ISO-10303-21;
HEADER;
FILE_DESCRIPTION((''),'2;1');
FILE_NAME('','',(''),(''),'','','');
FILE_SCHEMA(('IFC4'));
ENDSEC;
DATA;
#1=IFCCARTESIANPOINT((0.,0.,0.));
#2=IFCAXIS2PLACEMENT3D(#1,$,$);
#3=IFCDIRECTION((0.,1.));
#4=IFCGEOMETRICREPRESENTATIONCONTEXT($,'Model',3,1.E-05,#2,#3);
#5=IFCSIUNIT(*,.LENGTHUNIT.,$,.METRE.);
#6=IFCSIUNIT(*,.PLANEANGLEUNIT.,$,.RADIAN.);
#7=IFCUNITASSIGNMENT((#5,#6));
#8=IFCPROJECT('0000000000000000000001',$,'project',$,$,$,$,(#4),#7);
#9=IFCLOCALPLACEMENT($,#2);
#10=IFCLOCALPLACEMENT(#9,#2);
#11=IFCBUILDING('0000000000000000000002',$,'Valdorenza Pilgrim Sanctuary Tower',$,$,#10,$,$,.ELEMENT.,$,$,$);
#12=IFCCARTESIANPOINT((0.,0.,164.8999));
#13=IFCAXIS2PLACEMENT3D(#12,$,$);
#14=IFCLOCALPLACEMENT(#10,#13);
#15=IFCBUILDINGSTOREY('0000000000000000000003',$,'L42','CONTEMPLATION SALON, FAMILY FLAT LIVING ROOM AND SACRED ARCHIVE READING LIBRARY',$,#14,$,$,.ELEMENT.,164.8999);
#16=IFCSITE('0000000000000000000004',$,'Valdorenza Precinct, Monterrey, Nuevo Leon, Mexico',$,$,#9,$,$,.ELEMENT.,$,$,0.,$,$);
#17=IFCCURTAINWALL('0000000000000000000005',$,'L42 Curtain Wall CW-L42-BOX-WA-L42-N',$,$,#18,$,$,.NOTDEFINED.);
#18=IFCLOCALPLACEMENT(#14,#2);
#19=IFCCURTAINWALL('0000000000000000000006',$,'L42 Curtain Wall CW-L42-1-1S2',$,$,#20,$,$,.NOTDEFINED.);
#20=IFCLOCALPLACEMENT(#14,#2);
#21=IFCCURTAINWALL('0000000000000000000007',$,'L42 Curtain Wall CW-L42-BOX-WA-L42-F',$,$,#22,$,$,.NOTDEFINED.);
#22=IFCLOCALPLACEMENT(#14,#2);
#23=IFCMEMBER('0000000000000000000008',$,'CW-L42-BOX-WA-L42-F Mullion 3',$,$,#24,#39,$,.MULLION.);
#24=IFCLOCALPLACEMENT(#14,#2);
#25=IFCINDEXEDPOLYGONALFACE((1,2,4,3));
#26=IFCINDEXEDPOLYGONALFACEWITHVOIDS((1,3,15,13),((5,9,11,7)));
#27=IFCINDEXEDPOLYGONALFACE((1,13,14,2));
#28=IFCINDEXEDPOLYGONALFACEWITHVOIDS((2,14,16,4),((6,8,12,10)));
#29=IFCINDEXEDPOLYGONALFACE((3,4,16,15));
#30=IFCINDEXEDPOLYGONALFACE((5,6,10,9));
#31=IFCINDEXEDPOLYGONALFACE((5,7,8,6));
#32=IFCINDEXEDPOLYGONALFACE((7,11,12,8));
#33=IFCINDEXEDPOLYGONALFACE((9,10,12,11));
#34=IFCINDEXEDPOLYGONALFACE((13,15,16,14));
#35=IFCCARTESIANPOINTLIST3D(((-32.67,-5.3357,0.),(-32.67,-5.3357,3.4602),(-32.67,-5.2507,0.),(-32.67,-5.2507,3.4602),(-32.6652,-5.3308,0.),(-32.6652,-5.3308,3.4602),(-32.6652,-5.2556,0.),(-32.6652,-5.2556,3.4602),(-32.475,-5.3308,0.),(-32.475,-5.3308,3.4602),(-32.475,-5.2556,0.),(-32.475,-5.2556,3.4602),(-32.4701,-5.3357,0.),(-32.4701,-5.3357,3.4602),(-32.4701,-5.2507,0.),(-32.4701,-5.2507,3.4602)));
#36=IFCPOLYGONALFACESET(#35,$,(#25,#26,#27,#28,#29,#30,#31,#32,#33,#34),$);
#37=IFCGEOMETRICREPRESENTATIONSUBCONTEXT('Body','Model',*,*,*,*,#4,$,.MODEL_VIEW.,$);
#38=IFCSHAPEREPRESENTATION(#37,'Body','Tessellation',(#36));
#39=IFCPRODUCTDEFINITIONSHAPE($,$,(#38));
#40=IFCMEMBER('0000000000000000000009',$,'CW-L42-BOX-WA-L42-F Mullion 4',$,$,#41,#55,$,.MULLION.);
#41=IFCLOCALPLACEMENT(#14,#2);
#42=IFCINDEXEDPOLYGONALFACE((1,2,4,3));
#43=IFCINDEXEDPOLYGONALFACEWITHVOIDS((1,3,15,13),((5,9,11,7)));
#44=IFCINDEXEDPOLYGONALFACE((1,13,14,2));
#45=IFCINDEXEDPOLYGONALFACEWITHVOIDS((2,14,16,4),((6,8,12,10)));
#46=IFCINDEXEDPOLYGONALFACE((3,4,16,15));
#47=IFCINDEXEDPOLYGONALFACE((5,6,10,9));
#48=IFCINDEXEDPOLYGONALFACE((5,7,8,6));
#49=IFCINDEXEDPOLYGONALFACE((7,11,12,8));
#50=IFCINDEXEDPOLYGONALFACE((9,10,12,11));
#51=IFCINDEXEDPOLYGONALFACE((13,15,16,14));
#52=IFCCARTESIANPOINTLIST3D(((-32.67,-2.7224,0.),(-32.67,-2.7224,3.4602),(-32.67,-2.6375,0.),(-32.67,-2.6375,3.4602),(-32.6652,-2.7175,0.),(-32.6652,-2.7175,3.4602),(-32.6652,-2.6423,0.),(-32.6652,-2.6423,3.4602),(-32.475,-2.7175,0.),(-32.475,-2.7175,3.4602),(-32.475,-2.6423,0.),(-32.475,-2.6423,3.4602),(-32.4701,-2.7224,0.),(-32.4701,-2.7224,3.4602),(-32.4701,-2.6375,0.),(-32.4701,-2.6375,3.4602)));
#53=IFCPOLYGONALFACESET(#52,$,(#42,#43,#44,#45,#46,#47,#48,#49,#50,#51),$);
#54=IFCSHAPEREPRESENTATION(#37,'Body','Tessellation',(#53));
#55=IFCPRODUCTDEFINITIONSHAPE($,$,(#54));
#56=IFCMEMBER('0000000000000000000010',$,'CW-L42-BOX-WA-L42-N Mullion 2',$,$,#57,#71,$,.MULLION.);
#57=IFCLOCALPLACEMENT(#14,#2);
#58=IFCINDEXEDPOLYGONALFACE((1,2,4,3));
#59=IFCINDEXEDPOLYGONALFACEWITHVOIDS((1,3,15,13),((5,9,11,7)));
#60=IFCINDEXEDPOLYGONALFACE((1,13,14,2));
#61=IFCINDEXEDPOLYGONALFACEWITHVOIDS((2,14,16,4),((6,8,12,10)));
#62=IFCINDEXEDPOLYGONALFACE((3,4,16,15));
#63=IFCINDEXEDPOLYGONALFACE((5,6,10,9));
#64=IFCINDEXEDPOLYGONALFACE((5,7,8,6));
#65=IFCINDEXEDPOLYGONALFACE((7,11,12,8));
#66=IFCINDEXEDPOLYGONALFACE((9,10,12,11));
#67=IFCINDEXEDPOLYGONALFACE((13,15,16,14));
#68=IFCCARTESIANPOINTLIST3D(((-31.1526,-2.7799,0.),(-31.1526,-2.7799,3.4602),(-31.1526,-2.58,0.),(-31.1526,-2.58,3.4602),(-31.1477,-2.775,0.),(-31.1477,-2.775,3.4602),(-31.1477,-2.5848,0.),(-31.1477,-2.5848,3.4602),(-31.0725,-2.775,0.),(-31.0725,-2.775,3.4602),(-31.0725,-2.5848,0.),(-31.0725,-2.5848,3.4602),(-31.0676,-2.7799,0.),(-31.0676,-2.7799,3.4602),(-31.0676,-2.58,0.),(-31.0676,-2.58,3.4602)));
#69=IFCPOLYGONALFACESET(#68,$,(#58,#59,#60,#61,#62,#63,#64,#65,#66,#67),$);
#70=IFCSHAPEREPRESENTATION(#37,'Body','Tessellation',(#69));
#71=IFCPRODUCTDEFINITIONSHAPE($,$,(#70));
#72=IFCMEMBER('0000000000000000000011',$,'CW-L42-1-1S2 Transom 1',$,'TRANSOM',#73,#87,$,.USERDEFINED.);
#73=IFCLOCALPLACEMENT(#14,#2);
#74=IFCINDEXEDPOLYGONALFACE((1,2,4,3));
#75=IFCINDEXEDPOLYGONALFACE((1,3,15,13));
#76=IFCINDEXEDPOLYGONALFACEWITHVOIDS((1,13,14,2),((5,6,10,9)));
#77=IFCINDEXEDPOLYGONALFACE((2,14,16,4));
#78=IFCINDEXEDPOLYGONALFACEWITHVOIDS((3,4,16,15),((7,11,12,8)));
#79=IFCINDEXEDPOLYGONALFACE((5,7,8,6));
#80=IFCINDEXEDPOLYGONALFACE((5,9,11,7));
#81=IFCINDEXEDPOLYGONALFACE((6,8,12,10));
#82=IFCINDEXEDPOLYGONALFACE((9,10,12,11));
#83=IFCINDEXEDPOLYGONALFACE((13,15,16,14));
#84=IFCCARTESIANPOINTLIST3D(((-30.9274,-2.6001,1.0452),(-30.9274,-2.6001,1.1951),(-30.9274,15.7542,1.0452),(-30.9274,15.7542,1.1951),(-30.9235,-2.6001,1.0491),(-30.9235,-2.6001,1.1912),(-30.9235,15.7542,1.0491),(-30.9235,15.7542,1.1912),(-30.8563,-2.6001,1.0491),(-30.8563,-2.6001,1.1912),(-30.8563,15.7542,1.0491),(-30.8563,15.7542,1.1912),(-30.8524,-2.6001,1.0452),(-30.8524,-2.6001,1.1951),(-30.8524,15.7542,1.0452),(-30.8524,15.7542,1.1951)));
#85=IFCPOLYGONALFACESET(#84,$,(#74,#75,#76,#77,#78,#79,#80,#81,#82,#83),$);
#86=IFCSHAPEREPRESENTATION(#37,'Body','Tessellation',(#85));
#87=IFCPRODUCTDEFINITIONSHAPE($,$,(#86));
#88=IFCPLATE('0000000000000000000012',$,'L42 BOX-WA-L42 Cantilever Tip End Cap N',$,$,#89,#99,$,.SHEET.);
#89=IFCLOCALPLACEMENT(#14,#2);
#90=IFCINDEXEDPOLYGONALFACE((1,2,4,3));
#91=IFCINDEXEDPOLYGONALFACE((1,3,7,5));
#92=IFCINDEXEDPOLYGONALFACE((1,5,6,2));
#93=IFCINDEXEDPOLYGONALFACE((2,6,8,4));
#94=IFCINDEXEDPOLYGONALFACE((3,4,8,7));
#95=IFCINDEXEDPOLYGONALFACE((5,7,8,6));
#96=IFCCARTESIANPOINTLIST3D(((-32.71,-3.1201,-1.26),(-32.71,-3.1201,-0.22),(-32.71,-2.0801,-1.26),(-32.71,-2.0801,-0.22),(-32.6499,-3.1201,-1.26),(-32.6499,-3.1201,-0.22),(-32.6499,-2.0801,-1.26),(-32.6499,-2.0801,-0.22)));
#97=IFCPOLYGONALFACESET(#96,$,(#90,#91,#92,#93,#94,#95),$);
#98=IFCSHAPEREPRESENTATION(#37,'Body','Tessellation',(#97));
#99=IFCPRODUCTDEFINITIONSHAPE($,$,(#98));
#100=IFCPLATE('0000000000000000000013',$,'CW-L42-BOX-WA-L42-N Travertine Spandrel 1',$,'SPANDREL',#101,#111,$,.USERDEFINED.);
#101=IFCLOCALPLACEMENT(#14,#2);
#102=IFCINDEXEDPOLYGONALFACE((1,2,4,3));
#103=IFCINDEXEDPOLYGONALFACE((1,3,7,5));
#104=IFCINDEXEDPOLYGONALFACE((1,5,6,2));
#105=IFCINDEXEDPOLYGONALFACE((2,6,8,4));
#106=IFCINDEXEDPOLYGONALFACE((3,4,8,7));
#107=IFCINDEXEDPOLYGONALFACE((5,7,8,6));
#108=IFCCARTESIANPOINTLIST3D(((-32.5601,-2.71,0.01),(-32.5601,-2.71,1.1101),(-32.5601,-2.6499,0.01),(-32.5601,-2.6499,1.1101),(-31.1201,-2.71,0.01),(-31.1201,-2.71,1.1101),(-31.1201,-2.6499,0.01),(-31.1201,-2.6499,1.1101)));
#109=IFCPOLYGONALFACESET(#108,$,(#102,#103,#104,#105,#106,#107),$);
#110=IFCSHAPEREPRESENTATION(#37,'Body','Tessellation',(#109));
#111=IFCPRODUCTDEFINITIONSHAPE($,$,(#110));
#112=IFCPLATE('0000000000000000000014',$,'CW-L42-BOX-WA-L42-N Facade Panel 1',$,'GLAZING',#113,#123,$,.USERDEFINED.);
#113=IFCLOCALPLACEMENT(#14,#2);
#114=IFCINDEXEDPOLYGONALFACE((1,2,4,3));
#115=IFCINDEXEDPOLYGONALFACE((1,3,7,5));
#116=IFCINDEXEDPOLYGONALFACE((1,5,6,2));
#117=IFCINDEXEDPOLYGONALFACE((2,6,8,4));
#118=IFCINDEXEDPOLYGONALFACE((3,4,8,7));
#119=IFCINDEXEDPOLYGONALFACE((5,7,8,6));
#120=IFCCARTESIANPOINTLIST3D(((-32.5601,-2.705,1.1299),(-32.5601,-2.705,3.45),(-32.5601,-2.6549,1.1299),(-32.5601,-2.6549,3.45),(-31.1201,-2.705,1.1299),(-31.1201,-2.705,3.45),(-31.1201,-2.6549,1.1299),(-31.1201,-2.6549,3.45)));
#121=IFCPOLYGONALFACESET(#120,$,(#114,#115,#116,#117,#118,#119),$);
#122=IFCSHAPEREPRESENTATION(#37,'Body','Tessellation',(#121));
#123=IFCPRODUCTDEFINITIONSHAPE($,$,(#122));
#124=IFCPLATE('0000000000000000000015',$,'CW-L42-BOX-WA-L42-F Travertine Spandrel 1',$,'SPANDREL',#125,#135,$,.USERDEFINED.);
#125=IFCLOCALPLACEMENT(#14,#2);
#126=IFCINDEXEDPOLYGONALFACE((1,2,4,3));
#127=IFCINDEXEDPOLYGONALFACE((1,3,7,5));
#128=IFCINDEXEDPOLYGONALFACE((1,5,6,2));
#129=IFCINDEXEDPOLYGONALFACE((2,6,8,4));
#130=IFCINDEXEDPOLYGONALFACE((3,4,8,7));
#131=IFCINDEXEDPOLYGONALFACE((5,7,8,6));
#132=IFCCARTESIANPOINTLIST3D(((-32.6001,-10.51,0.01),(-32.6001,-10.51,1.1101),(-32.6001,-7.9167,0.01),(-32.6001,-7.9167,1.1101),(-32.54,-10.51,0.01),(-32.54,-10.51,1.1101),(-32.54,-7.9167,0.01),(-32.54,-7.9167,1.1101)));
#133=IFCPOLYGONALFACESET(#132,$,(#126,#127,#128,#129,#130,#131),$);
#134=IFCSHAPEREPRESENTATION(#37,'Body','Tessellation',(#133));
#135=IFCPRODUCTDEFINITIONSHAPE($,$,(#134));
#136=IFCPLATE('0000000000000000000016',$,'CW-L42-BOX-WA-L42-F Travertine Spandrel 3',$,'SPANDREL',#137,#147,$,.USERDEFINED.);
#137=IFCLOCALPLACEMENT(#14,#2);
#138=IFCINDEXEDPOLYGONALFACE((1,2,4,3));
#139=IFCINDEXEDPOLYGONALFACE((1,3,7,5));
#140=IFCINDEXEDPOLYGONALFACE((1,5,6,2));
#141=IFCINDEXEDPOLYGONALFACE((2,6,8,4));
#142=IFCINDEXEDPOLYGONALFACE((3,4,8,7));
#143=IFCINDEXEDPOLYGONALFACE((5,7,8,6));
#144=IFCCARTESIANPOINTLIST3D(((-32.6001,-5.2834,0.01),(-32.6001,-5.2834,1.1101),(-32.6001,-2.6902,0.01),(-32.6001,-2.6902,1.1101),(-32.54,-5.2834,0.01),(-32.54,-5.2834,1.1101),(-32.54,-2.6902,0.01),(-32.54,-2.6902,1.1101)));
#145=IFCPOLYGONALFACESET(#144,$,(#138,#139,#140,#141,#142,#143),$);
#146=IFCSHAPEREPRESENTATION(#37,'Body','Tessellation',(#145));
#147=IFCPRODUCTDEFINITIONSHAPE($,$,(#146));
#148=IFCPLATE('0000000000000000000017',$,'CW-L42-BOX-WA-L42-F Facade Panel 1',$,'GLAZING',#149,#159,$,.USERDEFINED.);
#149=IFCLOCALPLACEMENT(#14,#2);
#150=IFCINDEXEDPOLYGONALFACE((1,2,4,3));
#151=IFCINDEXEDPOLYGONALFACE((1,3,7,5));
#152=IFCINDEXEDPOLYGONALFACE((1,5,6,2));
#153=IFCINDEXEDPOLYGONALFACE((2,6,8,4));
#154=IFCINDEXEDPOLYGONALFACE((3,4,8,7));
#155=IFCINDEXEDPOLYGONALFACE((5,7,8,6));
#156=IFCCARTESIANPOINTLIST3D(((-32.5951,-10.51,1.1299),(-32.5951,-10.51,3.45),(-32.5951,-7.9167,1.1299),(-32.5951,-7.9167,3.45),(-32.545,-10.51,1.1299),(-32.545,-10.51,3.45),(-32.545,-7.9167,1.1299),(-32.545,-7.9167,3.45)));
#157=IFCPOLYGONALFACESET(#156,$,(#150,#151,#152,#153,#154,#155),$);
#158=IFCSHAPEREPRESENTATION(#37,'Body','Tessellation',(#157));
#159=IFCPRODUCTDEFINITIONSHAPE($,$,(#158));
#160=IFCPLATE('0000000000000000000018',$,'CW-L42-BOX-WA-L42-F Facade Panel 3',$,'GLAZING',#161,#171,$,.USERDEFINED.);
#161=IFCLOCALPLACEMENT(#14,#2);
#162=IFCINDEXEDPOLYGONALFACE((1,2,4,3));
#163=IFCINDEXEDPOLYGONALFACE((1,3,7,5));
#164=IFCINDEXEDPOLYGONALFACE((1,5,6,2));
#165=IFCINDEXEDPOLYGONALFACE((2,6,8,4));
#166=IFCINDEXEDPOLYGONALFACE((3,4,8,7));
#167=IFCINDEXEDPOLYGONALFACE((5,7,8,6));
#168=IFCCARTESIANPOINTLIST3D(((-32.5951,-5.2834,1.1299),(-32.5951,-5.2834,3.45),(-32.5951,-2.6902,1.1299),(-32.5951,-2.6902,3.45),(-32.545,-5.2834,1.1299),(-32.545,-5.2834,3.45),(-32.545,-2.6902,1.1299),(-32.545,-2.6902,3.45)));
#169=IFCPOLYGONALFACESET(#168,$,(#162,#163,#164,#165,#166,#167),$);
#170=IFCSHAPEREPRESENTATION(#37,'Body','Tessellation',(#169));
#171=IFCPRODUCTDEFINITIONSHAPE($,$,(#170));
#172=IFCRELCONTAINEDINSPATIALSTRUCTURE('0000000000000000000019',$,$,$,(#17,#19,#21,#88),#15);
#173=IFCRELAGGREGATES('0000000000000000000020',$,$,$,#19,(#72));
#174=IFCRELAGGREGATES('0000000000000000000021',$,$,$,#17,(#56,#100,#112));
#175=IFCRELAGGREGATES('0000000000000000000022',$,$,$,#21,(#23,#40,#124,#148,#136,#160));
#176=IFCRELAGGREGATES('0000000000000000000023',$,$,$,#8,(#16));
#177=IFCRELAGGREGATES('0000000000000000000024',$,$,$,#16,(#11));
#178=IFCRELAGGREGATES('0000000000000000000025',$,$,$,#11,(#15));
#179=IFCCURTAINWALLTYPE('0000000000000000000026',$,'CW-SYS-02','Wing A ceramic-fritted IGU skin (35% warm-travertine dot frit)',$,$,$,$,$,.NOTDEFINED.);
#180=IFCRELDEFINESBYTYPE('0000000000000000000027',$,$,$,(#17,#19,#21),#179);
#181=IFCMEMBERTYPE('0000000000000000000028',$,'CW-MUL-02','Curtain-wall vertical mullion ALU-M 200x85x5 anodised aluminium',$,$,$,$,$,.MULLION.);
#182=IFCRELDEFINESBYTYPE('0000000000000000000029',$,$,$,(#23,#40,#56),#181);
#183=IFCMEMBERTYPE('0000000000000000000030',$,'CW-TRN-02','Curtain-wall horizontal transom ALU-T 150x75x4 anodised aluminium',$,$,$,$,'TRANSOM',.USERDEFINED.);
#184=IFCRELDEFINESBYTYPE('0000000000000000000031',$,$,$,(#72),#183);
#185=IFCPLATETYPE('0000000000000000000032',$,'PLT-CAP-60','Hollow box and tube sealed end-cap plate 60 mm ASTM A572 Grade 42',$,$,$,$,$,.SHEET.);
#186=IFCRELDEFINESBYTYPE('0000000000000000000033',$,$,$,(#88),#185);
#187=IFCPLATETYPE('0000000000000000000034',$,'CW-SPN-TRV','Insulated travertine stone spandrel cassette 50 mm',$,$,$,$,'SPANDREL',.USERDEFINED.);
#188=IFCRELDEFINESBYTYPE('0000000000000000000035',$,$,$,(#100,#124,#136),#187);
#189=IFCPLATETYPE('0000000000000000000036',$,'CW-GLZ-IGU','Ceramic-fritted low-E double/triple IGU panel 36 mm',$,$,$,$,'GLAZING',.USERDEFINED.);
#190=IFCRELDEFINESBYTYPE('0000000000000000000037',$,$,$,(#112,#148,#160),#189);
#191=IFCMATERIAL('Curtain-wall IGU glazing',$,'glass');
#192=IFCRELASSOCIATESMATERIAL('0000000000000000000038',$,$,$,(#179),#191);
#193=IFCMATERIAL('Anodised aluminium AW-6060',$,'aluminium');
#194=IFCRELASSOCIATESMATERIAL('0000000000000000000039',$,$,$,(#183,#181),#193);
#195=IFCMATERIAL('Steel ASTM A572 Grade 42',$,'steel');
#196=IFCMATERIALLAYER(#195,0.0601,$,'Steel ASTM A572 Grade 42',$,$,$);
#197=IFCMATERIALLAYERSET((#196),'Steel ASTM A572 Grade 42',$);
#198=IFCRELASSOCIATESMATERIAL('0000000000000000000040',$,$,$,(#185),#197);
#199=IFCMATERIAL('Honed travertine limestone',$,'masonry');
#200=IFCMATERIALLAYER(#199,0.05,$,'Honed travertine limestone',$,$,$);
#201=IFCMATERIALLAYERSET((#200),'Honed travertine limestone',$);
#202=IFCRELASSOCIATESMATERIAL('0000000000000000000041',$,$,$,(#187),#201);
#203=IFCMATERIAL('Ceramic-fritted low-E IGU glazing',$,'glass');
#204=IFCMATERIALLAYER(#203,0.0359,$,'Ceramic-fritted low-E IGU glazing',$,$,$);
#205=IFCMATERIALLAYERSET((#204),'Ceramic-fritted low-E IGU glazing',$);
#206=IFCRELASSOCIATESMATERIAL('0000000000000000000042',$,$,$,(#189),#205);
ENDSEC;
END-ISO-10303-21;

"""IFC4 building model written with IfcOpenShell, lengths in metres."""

from ifc_helpers import new_model, si_unit, direction, frame, origin, origin_2d, place, context, subcontext, project, spatial, rectangle, hollow_rectangle, extrude, source, transform, mapped, material, layer, layer_set, material_profile, profile_set, type_object, element, aggregate, save


model = new_model("IFC4")

# Units and contexts
model_context = context("Model", 3, precision=1e-05, world=origin(), true_north=direction((0.0, 1.0)))
body_context = subcontext(model_context, "Body", "Model", "MODEL_VIEW")
ifc_project = project(units=[si_unit("LENGTHUNIT", "METRE"), si_unit("PLANEANGLEUNIT", "RADIAN")], contexts=[model_context])

# Site, building, storey
site_placement = place(None, origin())
site = spatial("IfcSite", under=ifc_project, at=site_placement, Name="Valdorenza Precinct, Monterrey, Nuevo Leon, Mexico", CompositionType="ELEMENT", RefElevation=0.0)
building_placement = place(site_placement, origin())
building = spatial("IfcBuilding", under=site, at=building_placement, Name="Valdorenza Pilgrim Sanctuary Tower", CompositionType="ELEMENT")
storey_placement = place(building_placement, frame((0.0, 0.0, 164.8999)))
storey = spatial("IfcBuildingStorey", under=building, at=storey_placement, Name="L42", Description="CONTEMPLATION SALON, FAMILY FLAT LIVING ROOM AND SACRED ARCHIVE READING LIBRARY", CompositionType="ELEMENT", Elevation=164.8999)

# Shared definitions
ifc_material_1 = material(Name="Steel ASTM A572 Grade 42", Category="steel")

# Curtain walls
ifc_material_2 = material(Name="Curtain-wall IGU glazing", Category="glass")
curtain_wall_type = type_object("IfcCurtainWallType", Name="CW-SYS-02", Description="Wing A ceramic-fritted IGU skin (35% warm-travertine dot frit)", PredefinedType="NOTDEFINED", material=ifc_material_2)
curtain_wall_1_placement = place(storey_placement, origin())
curtain_wall_1 = element("IfcCurtainWall", 1, at=curtain_wall_1_placement, inside=storey, type_object=curtain_wall_type, Name="L42 Curtain Wall CW-L42-BOX-WA-L42-N", PredefinedType="NOTDEFINED")
ifc_material_3 = material(Name="Anodised aluminium AW-6060", Category="aluminium")
ifc_material_profile_1 = material_profile(ifc_material_3, hollow_rectangle(XDim=0.075, YDim=0.1499, WallThickness=0.0039, at=origin_2d()), Name="ALU-T 150x75x4")
ifc_profile_set_1 = profile_set([ifc_material_profile_1], Name="Anodised aluminium AW-6060")
member_type_1 = type_object("IfcMemberType", Name="CW-TRN-02", Description="Curtain-wall horizontal transom ALU-T 150x75x4 anodised aluminium", ElementType="TRANSOM", PredefinedType="USERDEFINED", material=ifc_profile_set_1)
curtain_wall_2_placement = place(storey_placement, origin())
curtain_wall_2 = element("IfcCurtainWall", 2, at=curtain_wall_2_placement, inside=storey, type_object=curtain_wall_type, Name="L42 Curtain Wall CW-L42-1-1S2", PredefinedType="NOTDEFINED")
ifc_material_profile_2 = material_profile(ifc_material_3, hollow_rectangle(XDim=0.085, YDim=0.2, WallThickness=0.0049, at=origin_2d()), Name="ALU-M 200x85x5")
ifc_profile_set_2 = profile_set([ifc_material_profile_2], Name="Anodised aluminium AW-6060")
member_type_2 = type_object("IfcMemberType", Name="CW-MUL-02", Description="Curtain-wall vertical mullion ALU-M 200x85x5 anodised aluminium", PredefinedType="MULLION", material=ifc_profile_set_2)
shared_shape_1 = source(origin(), body_context, "Body", "SweptSolid", [
    extrude(hollow_rectangle(XDim=0.085, YDim=0.2, WallThickness=0.0049, at=origin_2d()), origin(), (0.0, 0.0, 1.0), 3.4602),
])

# Curtain wall, members
curtain_wall_3_placement = place(storey_placement, origin())
curtain_wall_3 = element("IfcCurtainWall", 3, at=curtain_wall_3_placement, inside=storey, type_object=curtain_wall_type, Name="L42 Curtain Wall CW-L42-BOX-WA-L42-F", PredefinedType="NOTDEFINED")
member_1_placement = place(storey_placement, frame((-32.5701, -5.2932, 0.0), z_axis=(0.0, 0.0, 1.0), x_axis=(0.0, 1.0, 0.0)))
member_1 = element("IfcMember", 4, at=member_1_placement, type_object=member_type_2, Name="CW-L42-BOX-WA-L42-F Mullion 3", PredefinedType="MULLION", context=body_context, shape_type="MappedRepresentation", body=[
    mapped(shared_shape_1, transform((0.0, 0.0, 0.0), x_axis=(1.0, 0.0, 0.0), y_axis=(0.0, 1.0, 0.0), z_axis=(0.0, 0.0, 1.0), scale=1.0)),
])
member_2_placement = place(storey_placement, frame((-32.5701, -2.6799, 0.0), z_axis=(0.0, 0.0, 1.0), x_axis=(0.0, 1.0, 0.0)))
member_2 = element("IfcMember", 5, at=member_2_placement, type_object=member_type_2, Name="CW-L42-BOX-WA-L42-F Mullion 4", PredefinedType="MULLION", context=body_context, shape_type="MappedRepresentation", body=[
    mapped(shared_shape_1, transform((0.0, 0.0, 0.0), x_axis=(1.0, 0.0, 0.0), y_axis=(0.0, 1.0, 0.0), z_axis=(0.0, 0.0, 1.0), scale=1.0)),
])

# Members
member_3_placement = place(storey_placement, frame((-31.1101, -2.6799, 0.0), z_axis=(0.0, 0.0, 1.0), x_axis=(1.0, 0.0, 0.0)))
member_3 = element("IfcMember", 6, at=member_3_placement, type_object=member_type_2, Name="CW-L42-BOX-WA-L42-N Mullion 2", PredefinedType="MULLION", context=body_context, shape_type="MappedRepresentation", body=[
    mapped(shared_shape_1, transform((0.0, 0.0, 0.0), x_axis=(1.0, 0.0, 0.0), y_axis=(0.0, 1.0, 0.0), z_axis=(0.0, 0.0, 1.0), scale=1.0)),
])
shared_shape_2 = source(origin(), body_context, "Body", "SweptSolid", [
    extrude(hollow_rectangle(XDim=0.075, YDim=0.1499, WallThickness=0.0039, at=origin_2d()), origin(), (0.0, 0.0, 1.0), 18.3542),
])
member_4_placement = place(storey_placement, frame((-30.8899, -2.6001, 1.1201), z_axis=(0.0, 1.0, 0.0), x_axis=(-1.0, 0.0, 0.0)))
member_4 = element("IfcMember", 7, at=member_4_placement, type_object=member_type_1, Name="CW-L42-1-1S2 Transom 1", ObjectType="TRANSOM", PredefinedType="USERDEFINED", context=body_context, shape_type="MappedRepresentation", body=[
    mapped(shared_shape_2, transform((0.0, 0.0, 0.0), x_axis=(1.0, 0.0, 0.0), y_axis=(0.0, 1.0, 0.0), z_axis=(0.0, 0.0, 1.0), scale=1.0)),
])
aggregate(curtain_wall_2, [member_4])

# Plates
ifc_layer_1 = layer(ifc_material_1, 0.0601, Name="Steel ASTM A572 Grade 42")
ifc_layer_set_1 = layer_set([ifc_layer_1], Name="Steel ASTM A572 Grade 42")
plate_type_1 = type_object("IfcPlateType", Name="PLT-CAP-60", Description="Hollow box and tube sealed end-cap plate 60 mm ASTM A572 Grade 42", PredefinedType="SHEET", material=ifc_layer_set_1)
shared_shape_3 = source(origin(), body_context, "Body", "SweptSolid", [
    extrude(rectangle(XDim=0.0601, YDim=1.04, at=origin_2d()), origin(), (0.0, 0.0, 1.0), 1.04),
])
plate_1_placement = place(storey_placement, frame((-32.6799, -2.6001, -1.26), z_axis=(0.0, 0.0, 1.0), x_axis=(1.0, 0.0, 0.0)))
element("IfcPlate", 8, at=plate_1_placement, inside=storey, type_object=plate_type_1, Name="L42 BOX-WA-L42 Cantilever Tip End Cap N", PredefinedType="SHEET", context=body_context, shape_type="MappedRepresentation", body=[
    mapped(shared_shape_3, transform((0.0, 0.0, 0.0), x_axis=(1.0, 0.0, 0.0), y_axis=(0.0, 1.0, 0.0), z_axis=(0.0, 0.0, 1.0), scale=1.0)),
])
ifc_material_4 = material(Name="Honed travertine limestone", Category="masonry")
ifc_layer_2 = layer(ifc_material_4, 0.05, Name="Honed travertine limestone")
ifc_layer_set_2 = layer_set([ifc_layer_2], Name="Honed travertine limestone")
plate_type_2 = type_object("IfcPlateType", Name="CW-SPN-TRV", Description="Insulated travertine stone spandrel cassette 50 mm", ElementType="SPANDREL", PredefinedType="USERDEFINED", material=ifc_layer_set_2)
shared_shape_4 = source(origin(), body_context, "Body", "SweptSolid", [
    extrude(rectangle(XDim=1.4399, YDim=0.0601, at=origin_2d()), origin(), (0.0, 0.0, 1.0), 1.1001),
])
plate_2_placement = place(storey_placement, frame((-31.8401, -2.6799, 0.01), z_axis=(0.0, 0.0, 1.0), x_axis=(1.0, 0.0, 0.0)))
plate_2 = element("IfcPlate", 9, at=plate_2_placement, type_object=plate_type_2, Name="CW-L42-BOX-WA-L42-N Travertine Spandrel 1", ObjectType="SPANDREL", PredefinedType="USERDEFINED", context=body_context, shape_type="MappedRepresentation", body=[
    mapped(shared_shape_4, transform((0.0, 0.0, 0.0), x_axis=(1.0, 0.0, 0.0), y_axis=(0.0, 1.0, 0.0), z_axis=(0.0, 0.0, 1.0), scale=1.0)),
])
ifc_material_5 = material(Name="Ceramic-fritted low-E IGU glazing", Category="glass")
ifc_layer_3 = layer(ifc_material_5, 0.0359, Name="Ceramic-fritted low-E IGU glazing")
ifc_layer_set_3 = layer_set([ifc_layer_3], Name="Ceramic-fritted low-E IGU glazing")
plate_type_3 = type_object("IfcPlateType", Name="CW-GLZ-IGU", Description="Ceramic-fritted low-E double/triple IGU panel 36 mm", ElementType="GLAZING", PredefinedType="USERDEFINED", material=ifc_layer_set_3)
shared_shape_5 = source(origin(), body_context, "Body", "SweptSolid", [
    extrude(rectangle(XDim=1.4399, YDim=0.05, at=origin_2d()), origin(), (0.0, 0.0, 1.0), 2.3201),
])
plate_3_placement = place(storey_placement, frame((-31.8401, -2.6799, 1.1299), z_axis=(0.0, 0.0, 1.0), x_axis=(1.0, 0.0, 0.0)))
plate_3 = element("IfcPlate", 10, at=plate_3_placement, type_object=plate_type_3, Name="CW-L42-BOX-WA-L42-N Facade Panel 1", ObjectType="GLAZING", PredefinedType="USERDEFINED", context=body_context, shape_type="MappedRepresentation", body=[
    mapped(shared_shape_5, transform((0.0, 0.0, 0.0), x_axis=(1.0, 0.0, 0.0), y_axis=(0.0, 1.0, 0.0), z_axis=(0.0, 0.0, 1.0), scale=1.0)),
])
aggregate(curtain_wall_1, [member_3, plate_2, plate_3])
shared_shape_6 = source(origin(), body_context, "Body", "SweptSolid", [
    extrude(rectangle(XDim=2.5933, YDim=0.0601, at=origin_2d()), origin(), (0.0, 0.0, 1.0), 1.1001),
])
plate_4_placement = place(storey_placement, frame((-32.5701, -9.2134, 0.01), z_axis=(0.0, 0.0, 1.0), x_axis=(0.0, 1.0, 0.0)))
plate_4 = element("IfcPlate", 11, at=plate_4_placement, type_object=plate_type_2, Name="CW-L42-BOX-WA-L42-F Travertine Spandrel 1", ObjectType="SPANDREL", PredefinedType="USERDEFINED", context=body_context, shape_type="MappedRepresentation", body=[
    mapped(shared_shape_6, transform((0.0, 0.0, 0.0), x_axis=(1.0, 0.0, 0.0), y_axis=(0.0, 1.0, 0.0), z_axis=(0.0, 0.0, 1.0), scale=1.0)),
])
plate_5_placement = place(storey_placement, frame((-32.5701, -3.9868, 0.01), z_axis=(0.0, 0.0, 1.0), x_axis=(0.0, 1.0, 0.0)))
plate_5 = element("IfcPlate", 12, at=plate_5_placement, type_object=plate_type_2, Name="CW-L42-BOX-WA-L42-F Travertine Spandrel 3", ObjectType="SPANDREL", PredefinedType="USERDEFINED", context=body_context, shape_type="MappedRepresentation", body=[
    mapped(shared_shape_6, transform((0.0, 0.0, 0.0), x_axis=(1.0, 0.0, 0.0), y_axis=(0.0, 1.0, 0.0), z_axis=(0.0, 0.0, 1.0), scale=1.0)),
])
shared_shape_7 = source(origin(), body_context, "Body", "SweptSolid", [
    extrude(rectangle(XDim=2.5933, YDim=0.05, at=origin_2d()), origin(), (0.0, 0.0, 1.0), 2.3201),
])
plate_6_placement = place(storey_placement, frame((-32.5701, -9.2134, 1.1299), z_axis=(0.0, 0.0, 1.0), x_axis=(0.0, 1.0, 0.0)))
plate_6 = element("IfcPlate", 13, at=plate_6_placement, type_object=plate_type_3, Name="CW-L42-BOX-WA-L42-F Facade Panel 1", ObjectType="GLAZING", PredefinedType="USERDEFINED", context=body_context, shape_type="MappedRepresentation", body=[
    mapped(shared_shape_7, transform((0.0, 0.0, 0.0), x_axis=(1.0, 0.0, 0.0), y_axis=(0.0, 1.0, 0.0), z_axis=(0.0, 0.0, 1.0), scale=1.0)),
])
plate_7_placement = place(storey_placement, frame((-32.5701, -3.9868, 1.1299), z_axis=(0.0, 0.0, 1.0), x_axis=(0.0, 1.0, 0.0)))
plate_7 = element("IfcPlate", 14, at=plate_7_placement, type_object=plate_type_3, Name="CW-L42-BOX-WA-L42-F Facade Panel 3", ObjectType="GLAZING", PredefinedType="USERDEFINED", context=body_context, shape_type="MappedRepresentation", body=[
    mapped(shared_shape_7, transform((0.0, 0.0, 0.0), x_axis=(1.0, 0.0, 0.0), y_axis=(0.0, 1.0, 0.0), z_axis=(0.0, 0.0, 1.0), scale=1.0)),
])
aggregate(curtain_wall_3, [member_1, member_2, plate_4, plate_6, plate_5, plate_7])

save(model, "model.ifc")
